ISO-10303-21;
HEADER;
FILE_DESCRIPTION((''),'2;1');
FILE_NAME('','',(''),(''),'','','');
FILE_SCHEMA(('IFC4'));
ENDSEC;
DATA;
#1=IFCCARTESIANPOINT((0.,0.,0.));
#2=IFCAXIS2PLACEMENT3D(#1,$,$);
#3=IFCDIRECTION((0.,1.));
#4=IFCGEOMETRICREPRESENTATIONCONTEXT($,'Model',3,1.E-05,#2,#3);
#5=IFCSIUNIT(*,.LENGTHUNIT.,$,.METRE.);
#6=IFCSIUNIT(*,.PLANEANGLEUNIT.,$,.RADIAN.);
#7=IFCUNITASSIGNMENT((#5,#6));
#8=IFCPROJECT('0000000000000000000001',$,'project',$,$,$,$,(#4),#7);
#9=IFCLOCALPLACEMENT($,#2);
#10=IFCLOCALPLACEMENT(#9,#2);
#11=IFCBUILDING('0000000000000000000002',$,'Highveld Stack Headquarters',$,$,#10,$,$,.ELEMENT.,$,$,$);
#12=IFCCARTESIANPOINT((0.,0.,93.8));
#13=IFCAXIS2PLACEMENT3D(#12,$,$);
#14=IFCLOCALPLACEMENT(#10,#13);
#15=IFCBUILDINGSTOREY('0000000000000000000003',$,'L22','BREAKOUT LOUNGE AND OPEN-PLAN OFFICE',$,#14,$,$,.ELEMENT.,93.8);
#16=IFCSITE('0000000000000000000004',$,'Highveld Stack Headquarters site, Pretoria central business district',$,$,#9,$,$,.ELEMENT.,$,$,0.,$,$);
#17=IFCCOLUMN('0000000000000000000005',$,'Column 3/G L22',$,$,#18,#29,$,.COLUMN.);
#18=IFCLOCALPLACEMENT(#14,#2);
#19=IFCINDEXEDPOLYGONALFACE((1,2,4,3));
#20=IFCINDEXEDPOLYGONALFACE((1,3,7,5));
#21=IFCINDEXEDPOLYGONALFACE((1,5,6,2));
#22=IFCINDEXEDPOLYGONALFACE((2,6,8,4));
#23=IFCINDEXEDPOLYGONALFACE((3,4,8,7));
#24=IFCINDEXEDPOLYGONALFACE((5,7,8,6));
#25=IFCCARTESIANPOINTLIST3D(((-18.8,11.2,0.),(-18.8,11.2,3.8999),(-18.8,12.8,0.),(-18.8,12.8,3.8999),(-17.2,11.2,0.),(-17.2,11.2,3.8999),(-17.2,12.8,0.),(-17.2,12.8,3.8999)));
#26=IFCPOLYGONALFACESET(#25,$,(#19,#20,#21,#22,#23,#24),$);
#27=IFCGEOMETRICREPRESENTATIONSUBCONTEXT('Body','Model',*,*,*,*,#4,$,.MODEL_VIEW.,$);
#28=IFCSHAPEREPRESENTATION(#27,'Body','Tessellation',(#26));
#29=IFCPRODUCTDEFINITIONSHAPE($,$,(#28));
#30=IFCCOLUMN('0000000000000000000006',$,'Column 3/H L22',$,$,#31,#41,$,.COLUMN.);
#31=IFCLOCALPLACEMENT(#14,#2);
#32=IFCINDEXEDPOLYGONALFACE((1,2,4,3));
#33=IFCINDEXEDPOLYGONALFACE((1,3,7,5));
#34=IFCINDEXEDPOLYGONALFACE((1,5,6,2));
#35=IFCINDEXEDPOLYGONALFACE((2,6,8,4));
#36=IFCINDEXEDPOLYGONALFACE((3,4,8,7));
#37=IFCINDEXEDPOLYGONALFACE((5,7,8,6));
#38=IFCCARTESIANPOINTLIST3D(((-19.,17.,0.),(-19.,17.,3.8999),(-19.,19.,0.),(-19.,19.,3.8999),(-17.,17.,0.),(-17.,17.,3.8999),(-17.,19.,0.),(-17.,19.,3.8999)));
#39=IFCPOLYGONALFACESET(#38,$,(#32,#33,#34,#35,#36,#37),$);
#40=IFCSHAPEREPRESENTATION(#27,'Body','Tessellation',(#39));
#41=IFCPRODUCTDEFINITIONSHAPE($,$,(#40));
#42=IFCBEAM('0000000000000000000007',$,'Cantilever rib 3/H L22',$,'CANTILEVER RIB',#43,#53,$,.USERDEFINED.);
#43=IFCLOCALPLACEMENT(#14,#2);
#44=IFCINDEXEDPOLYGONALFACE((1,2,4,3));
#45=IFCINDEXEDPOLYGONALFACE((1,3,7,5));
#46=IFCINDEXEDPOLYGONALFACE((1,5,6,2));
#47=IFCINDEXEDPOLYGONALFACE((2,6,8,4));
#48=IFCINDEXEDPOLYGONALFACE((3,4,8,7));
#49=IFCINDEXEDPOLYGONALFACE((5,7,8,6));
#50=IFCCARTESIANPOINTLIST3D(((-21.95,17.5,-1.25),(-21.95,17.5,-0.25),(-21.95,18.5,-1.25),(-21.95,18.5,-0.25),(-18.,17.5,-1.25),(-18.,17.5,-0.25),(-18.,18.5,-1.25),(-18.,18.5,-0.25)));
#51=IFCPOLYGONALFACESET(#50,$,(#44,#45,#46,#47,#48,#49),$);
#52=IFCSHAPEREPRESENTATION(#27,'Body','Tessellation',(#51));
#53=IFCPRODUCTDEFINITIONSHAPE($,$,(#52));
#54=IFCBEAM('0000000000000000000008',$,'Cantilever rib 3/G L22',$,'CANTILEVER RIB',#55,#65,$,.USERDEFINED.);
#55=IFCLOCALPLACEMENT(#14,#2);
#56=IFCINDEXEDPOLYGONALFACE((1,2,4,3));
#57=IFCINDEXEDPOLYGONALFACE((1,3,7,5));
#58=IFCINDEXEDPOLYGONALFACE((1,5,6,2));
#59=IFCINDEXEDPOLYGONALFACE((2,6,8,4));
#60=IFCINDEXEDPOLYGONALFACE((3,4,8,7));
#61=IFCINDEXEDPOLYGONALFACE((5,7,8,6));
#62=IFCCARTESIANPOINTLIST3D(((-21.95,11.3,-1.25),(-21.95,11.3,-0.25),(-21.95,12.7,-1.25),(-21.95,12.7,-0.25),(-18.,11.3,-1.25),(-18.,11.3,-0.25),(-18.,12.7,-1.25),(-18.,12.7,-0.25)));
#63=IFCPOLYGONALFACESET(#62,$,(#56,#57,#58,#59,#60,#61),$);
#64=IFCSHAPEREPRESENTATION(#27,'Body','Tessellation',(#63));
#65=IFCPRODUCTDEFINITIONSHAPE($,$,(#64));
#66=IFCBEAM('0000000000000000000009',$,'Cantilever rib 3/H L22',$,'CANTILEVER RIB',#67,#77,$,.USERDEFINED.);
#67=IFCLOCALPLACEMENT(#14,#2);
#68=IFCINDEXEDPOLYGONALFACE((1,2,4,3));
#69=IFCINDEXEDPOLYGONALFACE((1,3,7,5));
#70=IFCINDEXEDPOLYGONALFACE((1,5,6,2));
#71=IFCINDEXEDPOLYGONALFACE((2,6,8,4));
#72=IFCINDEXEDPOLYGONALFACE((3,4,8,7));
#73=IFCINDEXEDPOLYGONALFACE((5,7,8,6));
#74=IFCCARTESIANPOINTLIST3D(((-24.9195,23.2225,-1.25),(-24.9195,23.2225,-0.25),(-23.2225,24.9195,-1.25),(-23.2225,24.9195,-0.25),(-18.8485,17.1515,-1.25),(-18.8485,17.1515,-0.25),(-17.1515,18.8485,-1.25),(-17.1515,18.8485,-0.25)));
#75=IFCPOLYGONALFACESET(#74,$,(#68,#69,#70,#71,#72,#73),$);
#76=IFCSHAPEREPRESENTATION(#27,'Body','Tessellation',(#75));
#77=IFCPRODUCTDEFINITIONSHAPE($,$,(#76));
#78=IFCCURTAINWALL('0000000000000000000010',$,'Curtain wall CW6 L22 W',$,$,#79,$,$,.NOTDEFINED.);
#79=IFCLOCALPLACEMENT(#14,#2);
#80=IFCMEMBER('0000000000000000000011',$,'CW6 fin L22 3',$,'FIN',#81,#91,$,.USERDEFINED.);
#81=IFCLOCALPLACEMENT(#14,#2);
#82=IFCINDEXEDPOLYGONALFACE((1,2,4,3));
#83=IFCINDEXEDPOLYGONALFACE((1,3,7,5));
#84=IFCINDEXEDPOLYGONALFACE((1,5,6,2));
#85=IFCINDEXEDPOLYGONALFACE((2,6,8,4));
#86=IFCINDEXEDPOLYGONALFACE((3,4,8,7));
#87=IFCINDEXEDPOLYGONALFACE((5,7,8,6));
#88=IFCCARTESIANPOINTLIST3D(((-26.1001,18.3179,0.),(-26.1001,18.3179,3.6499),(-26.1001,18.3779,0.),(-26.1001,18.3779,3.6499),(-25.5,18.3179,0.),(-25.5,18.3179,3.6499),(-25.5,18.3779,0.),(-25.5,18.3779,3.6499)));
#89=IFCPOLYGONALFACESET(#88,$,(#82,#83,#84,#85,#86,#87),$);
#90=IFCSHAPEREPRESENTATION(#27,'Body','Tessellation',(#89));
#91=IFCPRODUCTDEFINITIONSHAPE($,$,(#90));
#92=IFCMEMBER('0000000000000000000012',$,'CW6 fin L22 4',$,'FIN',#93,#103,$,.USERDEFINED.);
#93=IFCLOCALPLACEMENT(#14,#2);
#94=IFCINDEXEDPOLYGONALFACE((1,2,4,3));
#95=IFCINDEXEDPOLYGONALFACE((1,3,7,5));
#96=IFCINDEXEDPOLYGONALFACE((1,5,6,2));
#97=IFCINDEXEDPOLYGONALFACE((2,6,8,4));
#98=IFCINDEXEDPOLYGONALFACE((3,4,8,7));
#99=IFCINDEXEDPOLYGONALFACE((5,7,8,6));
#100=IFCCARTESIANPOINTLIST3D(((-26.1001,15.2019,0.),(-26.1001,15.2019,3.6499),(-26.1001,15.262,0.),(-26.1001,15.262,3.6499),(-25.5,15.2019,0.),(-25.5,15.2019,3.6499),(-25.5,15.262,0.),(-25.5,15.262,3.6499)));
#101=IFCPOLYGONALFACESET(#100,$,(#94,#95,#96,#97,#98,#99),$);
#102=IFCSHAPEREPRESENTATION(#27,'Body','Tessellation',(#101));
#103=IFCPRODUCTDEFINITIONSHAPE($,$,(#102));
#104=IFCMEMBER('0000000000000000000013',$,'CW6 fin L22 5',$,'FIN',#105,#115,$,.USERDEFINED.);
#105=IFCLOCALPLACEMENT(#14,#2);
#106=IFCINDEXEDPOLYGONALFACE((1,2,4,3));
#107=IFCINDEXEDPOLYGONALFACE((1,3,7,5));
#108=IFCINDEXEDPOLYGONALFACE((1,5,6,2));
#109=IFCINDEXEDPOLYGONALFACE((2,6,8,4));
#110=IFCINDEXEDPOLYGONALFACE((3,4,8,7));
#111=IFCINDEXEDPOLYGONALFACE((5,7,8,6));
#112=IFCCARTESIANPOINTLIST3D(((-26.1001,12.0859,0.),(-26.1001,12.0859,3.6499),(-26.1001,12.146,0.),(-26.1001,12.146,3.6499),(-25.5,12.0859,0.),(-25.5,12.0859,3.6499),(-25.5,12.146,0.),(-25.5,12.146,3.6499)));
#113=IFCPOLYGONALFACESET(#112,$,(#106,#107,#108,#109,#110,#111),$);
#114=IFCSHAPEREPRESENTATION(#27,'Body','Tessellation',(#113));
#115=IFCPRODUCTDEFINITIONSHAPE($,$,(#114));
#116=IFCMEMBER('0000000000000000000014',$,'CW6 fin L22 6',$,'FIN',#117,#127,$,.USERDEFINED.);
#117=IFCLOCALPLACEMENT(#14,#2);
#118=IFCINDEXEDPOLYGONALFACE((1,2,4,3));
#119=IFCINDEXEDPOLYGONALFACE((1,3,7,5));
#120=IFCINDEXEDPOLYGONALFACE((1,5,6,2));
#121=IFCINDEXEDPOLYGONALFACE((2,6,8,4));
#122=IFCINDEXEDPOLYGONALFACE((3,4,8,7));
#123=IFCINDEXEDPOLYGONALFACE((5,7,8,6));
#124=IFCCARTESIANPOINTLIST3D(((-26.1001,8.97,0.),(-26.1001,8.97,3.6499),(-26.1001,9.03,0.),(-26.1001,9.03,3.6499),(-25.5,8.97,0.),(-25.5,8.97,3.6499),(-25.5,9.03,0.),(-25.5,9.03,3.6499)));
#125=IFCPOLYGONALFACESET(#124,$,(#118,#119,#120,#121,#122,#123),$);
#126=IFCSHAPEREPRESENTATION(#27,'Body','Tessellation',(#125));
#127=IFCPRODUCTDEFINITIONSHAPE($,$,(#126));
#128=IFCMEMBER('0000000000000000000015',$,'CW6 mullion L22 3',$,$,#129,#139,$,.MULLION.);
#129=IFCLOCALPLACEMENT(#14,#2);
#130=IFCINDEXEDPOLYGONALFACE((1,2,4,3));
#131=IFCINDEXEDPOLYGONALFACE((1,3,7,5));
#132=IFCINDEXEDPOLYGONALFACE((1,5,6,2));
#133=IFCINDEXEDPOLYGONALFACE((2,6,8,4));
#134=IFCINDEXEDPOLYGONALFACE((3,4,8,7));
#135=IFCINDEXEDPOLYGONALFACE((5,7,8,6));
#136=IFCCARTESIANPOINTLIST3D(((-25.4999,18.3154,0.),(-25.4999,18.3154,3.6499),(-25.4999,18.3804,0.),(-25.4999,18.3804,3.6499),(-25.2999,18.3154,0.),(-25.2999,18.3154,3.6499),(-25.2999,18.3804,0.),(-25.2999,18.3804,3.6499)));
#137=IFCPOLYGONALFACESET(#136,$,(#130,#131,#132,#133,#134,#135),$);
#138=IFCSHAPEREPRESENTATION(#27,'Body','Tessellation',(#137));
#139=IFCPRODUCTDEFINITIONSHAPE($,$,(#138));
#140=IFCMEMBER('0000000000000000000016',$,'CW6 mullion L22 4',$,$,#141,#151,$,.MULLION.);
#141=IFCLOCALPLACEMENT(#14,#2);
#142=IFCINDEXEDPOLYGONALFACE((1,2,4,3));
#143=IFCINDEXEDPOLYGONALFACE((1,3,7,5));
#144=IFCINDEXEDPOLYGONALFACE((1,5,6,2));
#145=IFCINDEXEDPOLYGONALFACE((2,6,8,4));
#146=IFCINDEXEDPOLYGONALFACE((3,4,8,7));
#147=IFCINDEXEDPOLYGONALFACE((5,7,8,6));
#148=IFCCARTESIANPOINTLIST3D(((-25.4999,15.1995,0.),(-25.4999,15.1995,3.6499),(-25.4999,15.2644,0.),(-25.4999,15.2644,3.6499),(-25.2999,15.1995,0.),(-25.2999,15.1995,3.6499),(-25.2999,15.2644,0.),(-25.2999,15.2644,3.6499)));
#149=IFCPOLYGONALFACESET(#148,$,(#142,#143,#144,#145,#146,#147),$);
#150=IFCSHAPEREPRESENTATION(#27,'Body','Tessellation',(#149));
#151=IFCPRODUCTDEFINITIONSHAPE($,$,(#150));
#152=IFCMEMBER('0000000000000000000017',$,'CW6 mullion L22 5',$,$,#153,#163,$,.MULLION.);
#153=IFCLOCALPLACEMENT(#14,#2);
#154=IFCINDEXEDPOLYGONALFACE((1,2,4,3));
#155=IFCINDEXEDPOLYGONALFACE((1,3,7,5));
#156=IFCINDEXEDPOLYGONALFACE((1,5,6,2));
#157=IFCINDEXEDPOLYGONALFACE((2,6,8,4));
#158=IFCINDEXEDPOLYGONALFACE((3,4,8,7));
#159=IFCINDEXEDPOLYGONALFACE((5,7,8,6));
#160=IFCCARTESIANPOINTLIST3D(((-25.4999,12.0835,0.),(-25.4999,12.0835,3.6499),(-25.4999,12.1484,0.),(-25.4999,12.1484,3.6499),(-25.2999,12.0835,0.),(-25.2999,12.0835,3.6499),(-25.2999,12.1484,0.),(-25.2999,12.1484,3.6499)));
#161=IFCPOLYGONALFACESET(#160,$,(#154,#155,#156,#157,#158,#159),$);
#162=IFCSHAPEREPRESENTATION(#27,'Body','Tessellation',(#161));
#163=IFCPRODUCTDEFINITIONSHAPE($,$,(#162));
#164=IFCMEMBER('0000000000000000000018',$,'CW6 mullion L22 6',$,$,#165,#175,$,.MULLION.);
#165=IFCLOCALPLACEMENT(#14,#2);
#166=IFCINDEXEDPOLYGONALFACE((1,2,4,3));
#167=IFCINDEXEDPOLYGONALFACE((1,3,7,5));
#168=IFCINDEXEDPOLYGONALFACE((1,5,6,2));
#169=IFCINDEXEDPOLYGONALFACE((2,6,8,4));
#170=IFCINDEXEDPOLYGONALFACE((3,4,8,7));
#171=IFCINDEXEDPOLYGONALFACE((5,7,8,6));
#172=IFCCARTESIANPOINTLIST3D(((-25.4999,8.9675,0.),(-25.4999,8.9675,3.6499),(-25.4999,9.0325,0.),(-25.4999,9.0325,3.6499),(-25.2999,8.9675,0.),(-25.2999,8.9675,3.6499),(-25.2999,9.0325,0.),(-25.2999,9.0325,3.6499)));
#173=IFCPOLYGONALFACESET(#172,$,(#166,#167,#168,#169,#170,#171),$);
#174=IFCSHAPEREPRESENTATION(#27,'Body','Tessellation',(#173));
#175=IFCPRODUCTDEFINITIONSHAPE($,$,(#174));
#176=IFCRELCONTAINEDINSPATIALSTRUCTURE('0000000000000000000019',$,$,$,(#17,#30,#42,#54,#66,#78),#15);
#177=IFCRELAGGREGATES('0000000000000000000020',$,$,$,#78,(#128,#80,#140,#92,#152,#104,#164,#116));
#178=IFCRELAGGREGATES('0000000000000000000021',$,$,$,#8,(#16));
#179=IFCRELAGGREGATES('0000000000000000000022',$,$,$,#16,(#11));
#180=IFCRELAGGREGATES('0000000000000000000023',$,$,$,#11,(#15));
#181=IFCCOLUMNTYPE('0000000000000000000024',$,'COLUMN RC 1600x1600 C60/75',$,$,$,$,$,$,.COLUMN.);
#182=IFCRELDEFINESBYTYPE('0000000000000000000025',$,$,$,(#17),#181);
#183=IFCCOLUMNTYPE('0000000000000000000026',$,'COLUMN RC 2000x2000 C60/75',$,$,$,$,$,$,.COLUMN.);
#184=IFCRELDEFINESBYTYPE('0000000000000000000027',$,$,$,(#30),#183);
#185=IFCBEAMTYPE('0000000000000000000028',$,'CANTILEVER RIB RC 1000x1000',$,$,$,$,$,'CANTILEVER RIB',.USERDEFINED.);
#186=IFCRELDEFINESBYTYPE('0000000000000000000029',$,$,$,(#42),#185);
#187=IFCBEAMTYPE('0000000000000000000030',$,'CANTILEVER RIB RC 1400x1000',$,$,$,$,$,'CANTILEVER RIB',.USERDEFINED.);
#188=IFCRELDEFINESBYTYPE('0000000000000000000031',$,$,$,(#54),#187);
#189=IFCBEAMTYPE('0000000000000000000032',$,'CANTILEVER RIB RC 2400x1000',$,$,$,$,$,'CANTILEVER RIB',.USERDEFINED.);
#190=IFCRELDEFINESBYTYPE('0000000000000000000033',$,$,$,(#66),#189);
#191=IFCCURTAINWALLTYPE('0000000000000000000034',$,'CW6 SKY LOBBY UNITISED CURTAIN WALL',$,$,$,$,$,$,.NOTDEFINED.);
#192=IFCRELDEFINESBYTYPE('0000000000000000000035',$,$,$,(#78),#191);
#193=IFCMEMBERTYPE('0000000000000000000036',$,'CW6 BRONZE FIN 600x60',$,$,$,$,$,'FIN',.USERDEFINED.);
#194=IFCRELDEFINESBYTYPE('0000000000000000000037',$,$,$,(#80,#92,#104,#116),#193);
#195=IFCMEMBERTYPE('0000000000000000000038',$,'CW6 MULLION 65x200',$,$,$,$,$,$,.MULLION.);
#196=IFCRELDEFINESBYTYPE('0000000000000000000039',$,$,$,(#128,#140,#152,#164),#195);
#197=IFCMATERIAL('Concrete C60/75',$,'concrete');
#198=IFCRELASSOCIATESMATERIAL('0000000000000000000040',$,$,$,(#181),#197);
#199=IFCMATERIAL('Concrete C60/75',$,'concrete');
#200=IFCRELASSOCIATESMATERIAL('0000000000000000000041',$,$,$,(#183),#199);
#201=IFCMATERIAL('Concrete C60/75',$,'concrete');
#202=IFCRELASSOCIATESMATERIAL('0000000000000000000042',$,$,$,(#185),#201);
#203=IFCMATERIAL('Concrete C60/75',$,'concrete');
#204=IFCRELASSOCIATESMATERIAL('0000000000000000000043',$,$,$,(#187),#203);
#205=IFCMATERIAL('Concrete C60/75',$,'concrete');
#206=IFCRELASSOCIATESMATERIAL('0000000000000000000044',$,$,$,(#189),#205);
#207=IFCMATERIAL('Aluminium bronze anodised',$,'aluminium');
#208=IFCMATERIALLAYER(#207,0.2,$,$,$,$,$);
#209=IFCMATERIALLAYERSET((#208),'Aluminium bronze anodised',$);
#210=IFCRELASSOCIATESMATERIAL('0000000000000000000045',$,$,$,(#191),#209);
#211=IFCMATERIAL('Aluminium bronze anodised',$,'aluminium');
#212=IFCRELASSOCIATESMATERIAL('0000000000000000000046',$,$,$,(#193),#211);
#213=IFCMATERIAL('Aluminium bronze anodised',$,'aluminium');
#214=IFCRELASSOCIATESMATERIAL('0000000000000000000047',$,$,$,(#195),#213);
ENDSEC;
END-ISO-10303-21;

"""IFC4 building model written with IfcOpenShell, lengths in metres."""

from ifc_helpers import new_model, si_unit, direction, frame, origin, origin_2d, place, context, subcontext, project, spatial, rectangle, extrude, material, layer, layer_set, material_profile, profile_set, type_object, element, aggregate, save


model = new_model("IFC4")

# Units and contexts
model_context = context("Model", 3, precision=1e-05, world=origin(), true_north=direction((0.0, 1.0)))
body_context = subcontext(model_context, "Body", "Model", "MODEL_VIEW")
ifc_project = project(units=[si_unit("LENGTHUNIT", "METRE"), si_unit("PLANEANGLEUNIT", "RADIAN")], contexts=[model_context])

# Site, building, storey
site_placement = place(None, origin())
site = spatial("IfcSite", under=ifc_project, at=site_placement, Name="Highveld Stack Headquarters site, Pretoria central business district", CompositionType="ELEMENT", RefElevation=0.0)
building_placement = place(site_placement, origin())
building = spatial("IfcBuilding", under=site, at=building_placement, Name="Highveld Stack Headquarters", CompositionType="ELEMENT")
storey_placement = place(building_placement, frame((0.0, 0.0, 93.8)))
storey = spatial("IfcBuildingStorey", under=building, at=storey_placement, Name="L22", Description="BREAKOUT LOUNGE AND OPEN-PLAN OFFICE", CompositionType="ELEMENT", Elevation=93.8)

# Columns
ifc_material_1 = material(Name="Concrete C60/75", Category="concrete")
ifc_material_profile_1 = material_profile(ifc_material_1, rectangle(XDim=1.6001, YDim=1.6001, at=origin_2d()), Name="RC 1600x1600")
ifc_profile_set_1 = profile_set([ifc_material_profile_1], Name="Concrete C60/75")
column_type_1 = type_object("IfcColumnType", Name="COLUMN RC 1600x1600 C60/75", PredefinedType="COLUMN", material=ifc_profile_set_1)
column_1_placement = place(storey_placement, frame((-18.0, 12.0, 0.0), z_axis=(0.0, 0.0, 1.0), x_axis=(1.0, 0.0, 0.0)))
element("IfcColumn", 1, at=column_1_placement, inside=storey, type_object=column_type_1, Name="Column 3/G L22", PredefinedType="COLUMN", context=body_context, shape_type="SweptSolid", body=[
    extrude(rectangle(XDim=1.6001, YDim=1.6001, at=origin_2d()), origin(), (0.0, 0.0, 1.0), 3.8999),
])
ifc_material_2 = material(Name="Concrete C60/75", Category="concrete")
ifc_material_profile_2 = material_profile(ifc_material_2, rectangle(XDim=2.0, YDim=2.0, at=origin_2d()), Name="RC 2000x2000")
ifc_profile_set_2 = profile_set([ifc_material_profile_2], Name="Concrete C60/75")
column_type_2 = type_object("IfcColumnType", Name="COLUMN RC 2000x2000 C60/75", PredefinedType="COLUMN", material=ifc_profile_set_2)
column_2_placement = place(storey_placement, frame((-18.0, 18.0, 0.0), z_axis=(0.0, 0.0, 1.0), x_axis=(1.0, 0.0, 0.0)))
element("IfcColumn", 2, at=column_2_placement, inside=storey, type_object=column_type_2, Name="Column 3/H L22", PredefinedType="COLUMN", context=body_context, shape_type="SweptSolid", body=[
    extrude(rectangle(XDim=2.0, YDim=2.0, at=origin_2d()), origin(), (0.0, 0.0, 1.0), 3.8999),
])

# Beams
ifc_material_3 = material(Name="Concrete C60/75", Category="concrete")
ifc_material_profile_3 = material_profile(ifc_material_3, rectangle(XDim=1.0, YDim=1.0, at=origin_2d()), Name="RC 1000x1000")
ifc_profile_set_3 = profile_set([ifc_material_profile_3], Name="Concrete C60/75")
beam_type_1 = type_object("IfcBeamType", Name="CANTILEVER RIB RC 1000x1000", ElementType="CANTILEVER RIB", PredefinedType="USERDEFINED", material=ifc_profile_set_3)
beam_1_placement = place(storey_placement, frame((-18.0, 18.0, -0.75), z_axis=(-1.0, 0.0, 0.0), x_axis=(0.0, -1.0, 0.0)))
element("IfcBeam", 3, at=beam_1_placement, inside=storey, type_object=beam_type_1, Name="Cantilever rib 3/H L22", ObjectType="CANTILEVER RIB", PredefinedType="USERDEFINED", context=body_context, shape_type="SweptSolid", body=[
    extrude(rectangle(XDim=1.0, YDim=1.0, at=origin_2d()), origin(), (0.0, 0.0, 1.0), 3.95),
])
ifc_material_4 = material(Name="Concrete C60/75", Category="concrete")
ifc_material_profile_4 = material_profile(ifc_material_4, rectangle(XDim=1.3999, YDim=1.0, at=origin_2d()), Name="RC 1400x1000")
ifc_profile_set_4 = profile_set([ifc_material_profile_4], Name="Concrete C60/75")
beam_type_2 = type_object("IfcBeamType", Name="CANTILEVER RIB RC 1400x1000", ElementType="CANTILEVER RIB", PredefinedType="USERDEFINED", material=ifc_profile_set_4)
beam_2_placement = place(storey_placement, frame((-18.0, 12.0, -0.75), z_axis=(-1.0, 0.0, 0.0), x_axis=(0.0, -1.0, 0.0)))
element("IfcBeam", 4, at=beam_2_placement, inside=storey, type_object=beam_type_2, Name="Cantilever rib 3/G L22", ObjectType="CANTILEVER RIB", PredefinedType="USERDEFINED", context=body_context, shape_type="SweptSolid", body=[
    extrude(rectangle(XDim=1.3999, YDim=1.0, at=origin_2d()), origin(), (0.0, 0.0, 1.0), 3.95),
])
ifc_material_5 = material(Name="Concrete C60/75", Category="concrete")
ifc_material_profile_5 = material_profile(ifc_material_5, rectangle(XDim=2.3999, YDim=1.0, at=origin_2d()), Name="RC 2400x1000")
ifc_profile_set_5 = profile_set([ifc_material_profile_5], Name="Concrete C60/75")
beam_type_3 = type_object("IfcBeamType", Name="CANTILEVER RIB RC 2400x1000", ElementType="CANTILEVER RIB", PredefinedType="USERDEFINED", material=ifc_profile_set_5)
beam_3_placement = place(storey_placement, frame((-18.0, 18.0, -0.75), z_axis=(-0.707107, 0.707107, 0.0), x_axis=(-0.707107, -0.707107, 0.0)))
element("IfcBeam", 5, at=beam_3_placement, inside=storey, type_object=beam_type_3, Name="Cantilever rib 3/H L22", ObjectType="CANTILEVER RIB", PredefinedType="USERDEFINED", context=body_context, shape_type="SweptSolid", body=[
    extrude(rectangle(XDim=2.3999, YDim=1.0, at=origin_2d()), origin(), (0.0, 0.0, 1.0), 8.5857),
])

# Curtain wall, members
ifc_material_6 = material(Name="Aluminium bronze anodised", Category="aluminium")
ifc_layer_1 = layer(ifc_material_6, 0.2)
ifc_layer_set_1 = layer_set([ifc_layer_1], Name="Aluminium bronze anodised")
curtain_wall_type = type_object("IfcCurtainWallType", Name="CW6 SKY LOBBY UNITISED CURTAIN WALL", PredefinedType="NOTDEFINED", material=ifc_layer_set_1)
curtain_wall_placement = place(storey_placement, origin())
curtain_wall = element("IfcCurtainWall", 6, at=curtain_wall_placement, inside=storey, type_object=curtain_wall_type, Name="Curtain wall CW6 L22 W", PredefinedType="NOTDEFINED")
ifc_material_7 = material(Name="Aluminium bronze anodised", Category="aluminium")
ifc_material_profile_6 = material_profile(ifc_material_7, rectangle(XDim=0.6001, YDim=0.0601, at=origin_2d()), Name="FIN 600x60")
ifc_profile_set_6 = profile_set([ifc_material_profile_6], Name="Aluminium bronze anodised")
member_type_1 = type_object("IfcMemberType", Name="CW6 BRONZE FIN 600x60", ElementType="FIN", PredefinedType="USERDEFINED", material=ifc_profile_set_6)
member_1_placement = place(storey_placement, frame((-25.8, 18.3479, 0.0), z_axis=(0.0, 0.0, 1.0), x_axis=(1.0, 0.0, 0.0)))
member_1 = element("IfcMember", 7, at=member_1_placement, type_object=member_type_1, Name="CW6 fin L22 3", ObjectType="FIN", PredefinedType="USERDEFINED", context=body_context, shape_type="SweptSolid", body=[
    extrude(rectangle(XDim=0.6001, YDim=0.0601, at=origin_2d()), origin(), (0.0, 0.0, 1.0), 3.6499),
])
member_2_placement = place(storey_placement, frame((-25.8, 15.2319, 0.0), z_axis=(0.0, 0.0, 1.0), x_axis=(1.0, 0.0, 0.0)))
member_2 = element("IfcMember", 8, at=member_2_placement, type_object=member_type_1, Name="CW6 fin L22 4", ObjectType="FIN", PredefinedType="USERDEFINED", context=body_context, shape_type="SweptSolid", body=[
    extrude(rectangle(XDim=0.6001, YDim=0.0601, at=origin_2d()), origin(), (0.0, 0.0, 1.0), 3.6499),
])
member_3_placement = place(storey_placement, frame((-25.8, 12.116, 0.0), z_axis=(0.0, 0.0, 1.0), x_axis=(1.0, 0.0, 0.0)))
member_3 = element("IfcMember", 9, at=member_3_placement, type_object=member_type_1, Name="CW6 fin L22 5", ObjectType="FIN", PredefinedType="USERDEFINED", context=body_context, shape_type="SweptSolid", body=[
    extrude(rectangle(XDim=0.6001, YDim=0.0601, at=origin_2d()), origin(), (0.0, 0.0, 1.0), 3.6499),
])
member_4_placement = place(storey_placement, frame((-25.8, 9.0, 0.0), z_axis=(0.0, 0.0, 1.0), x_axis=(1.0, 0.0, 0.0)))
member_4 = element("IfcMember", 10, at=member_4_placement, type_object=member_type_1, Name="CW6 fin L22 6", ObjectType="FIN", PredefinedType="USERDEFINED", context=body_context, shape_type="SweptSolid", body=[
    extrude(rectangle(XDim=0.6001, YDim=0.0601, at=origin_2d()), origin(), (0.0, 0.0, 1.0), 3.6499),
])
ifc_material_8 = material(Name="Aluminium bronze anodised", Category="aluminium")
ifc_material_profile_7 = material_profile(ifc_material_8, rectangle(XDim=0.2, YDim=0.0649, at=origin_2d()), Name="CW6 MULLION 65x200")
ifc_profile_set_7 = profile_set([ifc_material_profile_7], Name="Aluminium bronze anodised")
member_type_2 = type_object("IfcMemberType", Name="CW6 MULLION 65x200", PredefinedType="MULLION", material=ifc_profile_set_7)
member_5_placement = place(storey_placement, frame((-25.3999, 18.3479, 0.0), z_axis=(0.0, 0.0, 1.0), x_axis=(1.0, 0.0, 0.0)))
member_5 = element("IfcMember", 11, at=member_5_placement, type_object=member_type_2, Name="CW6 mullion L22 3", PredefinedType="MULLION", context=body_context, shape_type="SweptSolid", body=[
    extrude(rectangle(XDim=0.2, YDim=0.0649, at=origin_2d()), origin(), (0.0, 0.0, 1.0), 3.6499),
])
member_6_placement = place(storey_placement, frame((-25.3999, 15.2319, 0.0), z_axis=(0.0, 0.0, 1.0), x_axis=(1.0, 0.0, 0.0)))
member_6 = element("IfcMember", 12, at=member_6_placement, type_object=member_type_2, Name="CW6 mullion L22 4", PredefinedType="MULLION", context=body_context, shape_type="SweptSolid", body=[
    extrude(rectangle(XDim=0.2, YDim=0.0649, at=origin_2d()), origin(), (0.0, 0.0, 1.0), 3.6499),
])
member_7_placement = place(storey_placement, frame((-25.3999, 12.116, 0.0), z_axis=(0.0, 0.0, 1.0), x_axis=(1.0, 0.0, 0.0)))
member_7 = element("IfcMember", 13, at=member_7_placement, type_object=member_type_2, Name="CW6 mullion L22 5", PredefinedType="MULLION", context=body_context, shape_type="SweptSolid", body=[
    extrude(rectangle(XDim=0.2, YDim=0.0649, at=origin_2d()), origin(), (0.0, 0.0, 1.0), 3.6499),
])
member_8_placement = place(storey_placement, frame((-25.3999, 9.0, 0.0), z_axis=(0.0, 0.0, 1.0), x_axis=(1.0, 0.0, 0.0)))
member_8 = element("IfcMember", 14, at=member_8_placement, type_object=member_type_2, Name="CW6 mullion L22 6", PredefinedType="MULLION", context=body_context, shape_type="SweptSolid", body=[
    extrude(rectangle(XDim=0.2, YDim=0.0649, at=origin_2d()), origin(), (0.0, 0.0, 1.0), 3.6499),
])

aggregate(curtain_wall, [member_5, member_1, member_6, member_2, member_7, member_3, member_8, member_4])

save(model, "model.ifc")
